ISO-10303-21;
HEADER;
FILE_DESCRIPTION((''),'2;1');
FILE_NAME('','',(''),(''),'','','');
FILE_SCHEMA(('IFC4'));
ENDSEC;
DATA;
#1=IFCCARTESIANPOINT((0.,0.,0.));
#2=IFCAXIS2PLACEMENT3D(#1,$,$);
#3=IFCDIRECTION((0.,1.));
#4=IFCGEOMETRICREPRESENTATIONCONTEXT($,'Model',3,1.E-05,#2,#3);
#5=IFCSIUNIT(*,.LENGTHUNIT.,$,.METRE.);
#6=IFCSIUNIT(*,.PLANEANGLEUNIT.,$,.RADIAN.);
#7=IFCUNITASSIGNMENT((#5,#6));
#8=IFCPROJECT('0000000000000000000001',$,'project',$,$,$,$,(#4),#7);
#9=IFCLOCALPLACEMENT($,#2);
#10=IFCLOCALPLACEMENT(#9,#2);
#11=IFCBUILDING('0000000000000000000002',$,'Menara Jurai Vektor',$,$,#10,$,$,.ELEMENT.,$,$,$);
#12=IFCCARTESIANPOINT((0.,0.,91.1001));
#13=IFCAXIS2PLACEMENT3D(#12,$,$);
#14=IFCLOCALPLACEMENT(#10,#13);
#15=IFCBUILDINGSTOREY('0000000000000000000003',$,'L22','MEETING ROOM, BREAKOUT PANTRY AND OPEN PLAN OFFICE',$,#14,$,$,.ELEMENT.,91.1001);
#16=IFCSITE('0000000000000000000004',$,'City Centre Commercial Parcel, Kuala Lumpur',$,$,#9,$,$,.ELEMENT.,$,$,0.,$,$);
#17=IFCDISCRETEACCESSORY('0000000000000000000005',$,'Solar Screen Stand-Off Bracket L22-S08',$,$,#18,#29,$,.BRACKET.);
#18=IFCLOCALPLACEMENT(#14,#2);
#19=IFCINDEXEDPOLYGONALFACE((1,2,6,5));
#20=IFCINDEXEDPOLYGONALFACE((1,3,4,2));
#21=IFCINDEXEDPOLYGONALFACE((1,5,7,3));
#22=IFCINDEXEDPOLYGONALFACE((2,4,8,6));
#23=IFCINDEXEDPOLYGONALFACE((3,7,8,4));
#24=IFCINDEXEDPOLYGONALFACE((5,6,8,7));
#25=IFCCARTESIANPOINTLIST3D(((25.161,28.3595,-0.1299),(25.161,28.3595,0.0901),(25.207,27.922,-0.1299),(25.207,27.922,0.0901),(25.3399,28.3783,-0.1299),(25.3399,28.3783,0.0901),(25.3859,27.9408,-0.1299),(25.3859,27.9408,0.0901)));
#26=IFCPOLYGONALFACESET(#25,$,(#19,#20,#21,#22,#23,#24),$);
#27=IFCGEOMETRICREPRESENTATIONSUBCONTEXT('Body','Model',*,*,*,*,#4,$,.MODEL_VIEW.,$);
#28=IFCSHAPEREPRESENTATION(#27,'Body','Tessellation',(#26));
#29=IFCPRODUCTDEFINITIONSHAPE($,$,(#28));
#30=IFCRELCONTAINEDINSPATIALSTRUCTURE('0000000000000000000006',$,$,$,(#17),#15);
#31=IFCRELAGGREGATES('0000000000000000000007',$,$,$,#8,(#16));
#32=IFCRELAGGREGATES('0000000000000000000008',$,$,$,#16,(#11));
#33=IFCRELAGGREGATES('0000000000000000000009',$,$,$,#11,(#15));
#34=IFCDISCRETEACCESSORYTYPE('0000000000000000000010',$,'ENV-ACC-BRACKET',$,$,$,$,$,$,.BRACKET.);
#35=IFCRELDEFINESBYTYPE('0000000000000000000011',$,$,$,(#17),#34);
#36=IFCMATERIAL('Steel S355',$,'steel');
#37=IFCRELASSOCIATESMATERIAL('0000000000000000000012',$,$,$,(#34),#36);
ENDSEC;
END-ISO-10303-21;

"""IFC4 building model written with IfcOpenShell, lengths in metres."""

from ifc_helpers import new_model, si_unit, direction, frame, origin, origin_2d, place, context, subcontext, project, spatial, rectangle, extrude, material, type_object, element, save


model = new_model("IFC4")

# Units and contexts
model_context = context("Model", 3, precision=1e-05, world=origin(), true_north=direction((0.0, 1.0)))
body_context = subcontext(model_context, "Body", "Model", "MODEL_VIEW")
ifc_project = project(units=[si_unit("LENGTHUNIT", "METRE"), si_unit("PLANEANGLEUNIT", "RADIAN")], contexts=[model_context])

# Site, building, storey
site_placement = place(None, origin())
site = spatial("IfcSite", under=ifc_project, at=site_placement, Name="City Centre Commercial Parcel, Kuala Lumpur", CompositionType="ELEMENT", RefElevation=0.0)
building_placement = place(site_placement, origin())
building = spatial("IfcBuilding", under=site, at=building_placement, Name="Menara Jurai Vektor", CompositionType="ELEMENT")
storey_placement = place(building_placement, frame((0.0, 0.0, 91.1001)))
storey = spatial("IfcBuildingStorey", under=building, at=storey_placement, Name="L22", Description="MEETING ROOM, BREAKOUT PANTRY AND OPEN PLAN OFFICE", CompositionType="ELEMENT", Elevation=91.1001)

# Shared definitions
ifc_material_1 = material(Name="Steel S355", Category="steel")

# Discrete accessory
discrete_accessory_type = type_object("IfcDiscreteAccessoryType", Name="ENV-ACC-BRACKET", PredefinedType="BRACKET", material=ifc_material_1)
discrete_accessory_placement = place(storey_placement, frame((25.2734, 28.1501, -0.1299), z_axis=(0.0, 0.0, 1.0), x_axis=(-0.994522, -0.104528, 0.0)))
element("IfcDiscreteAccessory", 1, at=discrete_accessory_placement, inside=storey, type_object=discrete_accessory_type, Name="Solar Screen Stand-Off Bracket L22-S08", PredefinedType="BRACKET", context=body_context, shape_type="SweptSolid", body=[
    extrude(rectangle(XDim=0.1799, YDim=0.4399, at=origin_2d()), origin(), (0.0, 0.0, 1.0), 0.22),
])

save(model, "model.ifc")
